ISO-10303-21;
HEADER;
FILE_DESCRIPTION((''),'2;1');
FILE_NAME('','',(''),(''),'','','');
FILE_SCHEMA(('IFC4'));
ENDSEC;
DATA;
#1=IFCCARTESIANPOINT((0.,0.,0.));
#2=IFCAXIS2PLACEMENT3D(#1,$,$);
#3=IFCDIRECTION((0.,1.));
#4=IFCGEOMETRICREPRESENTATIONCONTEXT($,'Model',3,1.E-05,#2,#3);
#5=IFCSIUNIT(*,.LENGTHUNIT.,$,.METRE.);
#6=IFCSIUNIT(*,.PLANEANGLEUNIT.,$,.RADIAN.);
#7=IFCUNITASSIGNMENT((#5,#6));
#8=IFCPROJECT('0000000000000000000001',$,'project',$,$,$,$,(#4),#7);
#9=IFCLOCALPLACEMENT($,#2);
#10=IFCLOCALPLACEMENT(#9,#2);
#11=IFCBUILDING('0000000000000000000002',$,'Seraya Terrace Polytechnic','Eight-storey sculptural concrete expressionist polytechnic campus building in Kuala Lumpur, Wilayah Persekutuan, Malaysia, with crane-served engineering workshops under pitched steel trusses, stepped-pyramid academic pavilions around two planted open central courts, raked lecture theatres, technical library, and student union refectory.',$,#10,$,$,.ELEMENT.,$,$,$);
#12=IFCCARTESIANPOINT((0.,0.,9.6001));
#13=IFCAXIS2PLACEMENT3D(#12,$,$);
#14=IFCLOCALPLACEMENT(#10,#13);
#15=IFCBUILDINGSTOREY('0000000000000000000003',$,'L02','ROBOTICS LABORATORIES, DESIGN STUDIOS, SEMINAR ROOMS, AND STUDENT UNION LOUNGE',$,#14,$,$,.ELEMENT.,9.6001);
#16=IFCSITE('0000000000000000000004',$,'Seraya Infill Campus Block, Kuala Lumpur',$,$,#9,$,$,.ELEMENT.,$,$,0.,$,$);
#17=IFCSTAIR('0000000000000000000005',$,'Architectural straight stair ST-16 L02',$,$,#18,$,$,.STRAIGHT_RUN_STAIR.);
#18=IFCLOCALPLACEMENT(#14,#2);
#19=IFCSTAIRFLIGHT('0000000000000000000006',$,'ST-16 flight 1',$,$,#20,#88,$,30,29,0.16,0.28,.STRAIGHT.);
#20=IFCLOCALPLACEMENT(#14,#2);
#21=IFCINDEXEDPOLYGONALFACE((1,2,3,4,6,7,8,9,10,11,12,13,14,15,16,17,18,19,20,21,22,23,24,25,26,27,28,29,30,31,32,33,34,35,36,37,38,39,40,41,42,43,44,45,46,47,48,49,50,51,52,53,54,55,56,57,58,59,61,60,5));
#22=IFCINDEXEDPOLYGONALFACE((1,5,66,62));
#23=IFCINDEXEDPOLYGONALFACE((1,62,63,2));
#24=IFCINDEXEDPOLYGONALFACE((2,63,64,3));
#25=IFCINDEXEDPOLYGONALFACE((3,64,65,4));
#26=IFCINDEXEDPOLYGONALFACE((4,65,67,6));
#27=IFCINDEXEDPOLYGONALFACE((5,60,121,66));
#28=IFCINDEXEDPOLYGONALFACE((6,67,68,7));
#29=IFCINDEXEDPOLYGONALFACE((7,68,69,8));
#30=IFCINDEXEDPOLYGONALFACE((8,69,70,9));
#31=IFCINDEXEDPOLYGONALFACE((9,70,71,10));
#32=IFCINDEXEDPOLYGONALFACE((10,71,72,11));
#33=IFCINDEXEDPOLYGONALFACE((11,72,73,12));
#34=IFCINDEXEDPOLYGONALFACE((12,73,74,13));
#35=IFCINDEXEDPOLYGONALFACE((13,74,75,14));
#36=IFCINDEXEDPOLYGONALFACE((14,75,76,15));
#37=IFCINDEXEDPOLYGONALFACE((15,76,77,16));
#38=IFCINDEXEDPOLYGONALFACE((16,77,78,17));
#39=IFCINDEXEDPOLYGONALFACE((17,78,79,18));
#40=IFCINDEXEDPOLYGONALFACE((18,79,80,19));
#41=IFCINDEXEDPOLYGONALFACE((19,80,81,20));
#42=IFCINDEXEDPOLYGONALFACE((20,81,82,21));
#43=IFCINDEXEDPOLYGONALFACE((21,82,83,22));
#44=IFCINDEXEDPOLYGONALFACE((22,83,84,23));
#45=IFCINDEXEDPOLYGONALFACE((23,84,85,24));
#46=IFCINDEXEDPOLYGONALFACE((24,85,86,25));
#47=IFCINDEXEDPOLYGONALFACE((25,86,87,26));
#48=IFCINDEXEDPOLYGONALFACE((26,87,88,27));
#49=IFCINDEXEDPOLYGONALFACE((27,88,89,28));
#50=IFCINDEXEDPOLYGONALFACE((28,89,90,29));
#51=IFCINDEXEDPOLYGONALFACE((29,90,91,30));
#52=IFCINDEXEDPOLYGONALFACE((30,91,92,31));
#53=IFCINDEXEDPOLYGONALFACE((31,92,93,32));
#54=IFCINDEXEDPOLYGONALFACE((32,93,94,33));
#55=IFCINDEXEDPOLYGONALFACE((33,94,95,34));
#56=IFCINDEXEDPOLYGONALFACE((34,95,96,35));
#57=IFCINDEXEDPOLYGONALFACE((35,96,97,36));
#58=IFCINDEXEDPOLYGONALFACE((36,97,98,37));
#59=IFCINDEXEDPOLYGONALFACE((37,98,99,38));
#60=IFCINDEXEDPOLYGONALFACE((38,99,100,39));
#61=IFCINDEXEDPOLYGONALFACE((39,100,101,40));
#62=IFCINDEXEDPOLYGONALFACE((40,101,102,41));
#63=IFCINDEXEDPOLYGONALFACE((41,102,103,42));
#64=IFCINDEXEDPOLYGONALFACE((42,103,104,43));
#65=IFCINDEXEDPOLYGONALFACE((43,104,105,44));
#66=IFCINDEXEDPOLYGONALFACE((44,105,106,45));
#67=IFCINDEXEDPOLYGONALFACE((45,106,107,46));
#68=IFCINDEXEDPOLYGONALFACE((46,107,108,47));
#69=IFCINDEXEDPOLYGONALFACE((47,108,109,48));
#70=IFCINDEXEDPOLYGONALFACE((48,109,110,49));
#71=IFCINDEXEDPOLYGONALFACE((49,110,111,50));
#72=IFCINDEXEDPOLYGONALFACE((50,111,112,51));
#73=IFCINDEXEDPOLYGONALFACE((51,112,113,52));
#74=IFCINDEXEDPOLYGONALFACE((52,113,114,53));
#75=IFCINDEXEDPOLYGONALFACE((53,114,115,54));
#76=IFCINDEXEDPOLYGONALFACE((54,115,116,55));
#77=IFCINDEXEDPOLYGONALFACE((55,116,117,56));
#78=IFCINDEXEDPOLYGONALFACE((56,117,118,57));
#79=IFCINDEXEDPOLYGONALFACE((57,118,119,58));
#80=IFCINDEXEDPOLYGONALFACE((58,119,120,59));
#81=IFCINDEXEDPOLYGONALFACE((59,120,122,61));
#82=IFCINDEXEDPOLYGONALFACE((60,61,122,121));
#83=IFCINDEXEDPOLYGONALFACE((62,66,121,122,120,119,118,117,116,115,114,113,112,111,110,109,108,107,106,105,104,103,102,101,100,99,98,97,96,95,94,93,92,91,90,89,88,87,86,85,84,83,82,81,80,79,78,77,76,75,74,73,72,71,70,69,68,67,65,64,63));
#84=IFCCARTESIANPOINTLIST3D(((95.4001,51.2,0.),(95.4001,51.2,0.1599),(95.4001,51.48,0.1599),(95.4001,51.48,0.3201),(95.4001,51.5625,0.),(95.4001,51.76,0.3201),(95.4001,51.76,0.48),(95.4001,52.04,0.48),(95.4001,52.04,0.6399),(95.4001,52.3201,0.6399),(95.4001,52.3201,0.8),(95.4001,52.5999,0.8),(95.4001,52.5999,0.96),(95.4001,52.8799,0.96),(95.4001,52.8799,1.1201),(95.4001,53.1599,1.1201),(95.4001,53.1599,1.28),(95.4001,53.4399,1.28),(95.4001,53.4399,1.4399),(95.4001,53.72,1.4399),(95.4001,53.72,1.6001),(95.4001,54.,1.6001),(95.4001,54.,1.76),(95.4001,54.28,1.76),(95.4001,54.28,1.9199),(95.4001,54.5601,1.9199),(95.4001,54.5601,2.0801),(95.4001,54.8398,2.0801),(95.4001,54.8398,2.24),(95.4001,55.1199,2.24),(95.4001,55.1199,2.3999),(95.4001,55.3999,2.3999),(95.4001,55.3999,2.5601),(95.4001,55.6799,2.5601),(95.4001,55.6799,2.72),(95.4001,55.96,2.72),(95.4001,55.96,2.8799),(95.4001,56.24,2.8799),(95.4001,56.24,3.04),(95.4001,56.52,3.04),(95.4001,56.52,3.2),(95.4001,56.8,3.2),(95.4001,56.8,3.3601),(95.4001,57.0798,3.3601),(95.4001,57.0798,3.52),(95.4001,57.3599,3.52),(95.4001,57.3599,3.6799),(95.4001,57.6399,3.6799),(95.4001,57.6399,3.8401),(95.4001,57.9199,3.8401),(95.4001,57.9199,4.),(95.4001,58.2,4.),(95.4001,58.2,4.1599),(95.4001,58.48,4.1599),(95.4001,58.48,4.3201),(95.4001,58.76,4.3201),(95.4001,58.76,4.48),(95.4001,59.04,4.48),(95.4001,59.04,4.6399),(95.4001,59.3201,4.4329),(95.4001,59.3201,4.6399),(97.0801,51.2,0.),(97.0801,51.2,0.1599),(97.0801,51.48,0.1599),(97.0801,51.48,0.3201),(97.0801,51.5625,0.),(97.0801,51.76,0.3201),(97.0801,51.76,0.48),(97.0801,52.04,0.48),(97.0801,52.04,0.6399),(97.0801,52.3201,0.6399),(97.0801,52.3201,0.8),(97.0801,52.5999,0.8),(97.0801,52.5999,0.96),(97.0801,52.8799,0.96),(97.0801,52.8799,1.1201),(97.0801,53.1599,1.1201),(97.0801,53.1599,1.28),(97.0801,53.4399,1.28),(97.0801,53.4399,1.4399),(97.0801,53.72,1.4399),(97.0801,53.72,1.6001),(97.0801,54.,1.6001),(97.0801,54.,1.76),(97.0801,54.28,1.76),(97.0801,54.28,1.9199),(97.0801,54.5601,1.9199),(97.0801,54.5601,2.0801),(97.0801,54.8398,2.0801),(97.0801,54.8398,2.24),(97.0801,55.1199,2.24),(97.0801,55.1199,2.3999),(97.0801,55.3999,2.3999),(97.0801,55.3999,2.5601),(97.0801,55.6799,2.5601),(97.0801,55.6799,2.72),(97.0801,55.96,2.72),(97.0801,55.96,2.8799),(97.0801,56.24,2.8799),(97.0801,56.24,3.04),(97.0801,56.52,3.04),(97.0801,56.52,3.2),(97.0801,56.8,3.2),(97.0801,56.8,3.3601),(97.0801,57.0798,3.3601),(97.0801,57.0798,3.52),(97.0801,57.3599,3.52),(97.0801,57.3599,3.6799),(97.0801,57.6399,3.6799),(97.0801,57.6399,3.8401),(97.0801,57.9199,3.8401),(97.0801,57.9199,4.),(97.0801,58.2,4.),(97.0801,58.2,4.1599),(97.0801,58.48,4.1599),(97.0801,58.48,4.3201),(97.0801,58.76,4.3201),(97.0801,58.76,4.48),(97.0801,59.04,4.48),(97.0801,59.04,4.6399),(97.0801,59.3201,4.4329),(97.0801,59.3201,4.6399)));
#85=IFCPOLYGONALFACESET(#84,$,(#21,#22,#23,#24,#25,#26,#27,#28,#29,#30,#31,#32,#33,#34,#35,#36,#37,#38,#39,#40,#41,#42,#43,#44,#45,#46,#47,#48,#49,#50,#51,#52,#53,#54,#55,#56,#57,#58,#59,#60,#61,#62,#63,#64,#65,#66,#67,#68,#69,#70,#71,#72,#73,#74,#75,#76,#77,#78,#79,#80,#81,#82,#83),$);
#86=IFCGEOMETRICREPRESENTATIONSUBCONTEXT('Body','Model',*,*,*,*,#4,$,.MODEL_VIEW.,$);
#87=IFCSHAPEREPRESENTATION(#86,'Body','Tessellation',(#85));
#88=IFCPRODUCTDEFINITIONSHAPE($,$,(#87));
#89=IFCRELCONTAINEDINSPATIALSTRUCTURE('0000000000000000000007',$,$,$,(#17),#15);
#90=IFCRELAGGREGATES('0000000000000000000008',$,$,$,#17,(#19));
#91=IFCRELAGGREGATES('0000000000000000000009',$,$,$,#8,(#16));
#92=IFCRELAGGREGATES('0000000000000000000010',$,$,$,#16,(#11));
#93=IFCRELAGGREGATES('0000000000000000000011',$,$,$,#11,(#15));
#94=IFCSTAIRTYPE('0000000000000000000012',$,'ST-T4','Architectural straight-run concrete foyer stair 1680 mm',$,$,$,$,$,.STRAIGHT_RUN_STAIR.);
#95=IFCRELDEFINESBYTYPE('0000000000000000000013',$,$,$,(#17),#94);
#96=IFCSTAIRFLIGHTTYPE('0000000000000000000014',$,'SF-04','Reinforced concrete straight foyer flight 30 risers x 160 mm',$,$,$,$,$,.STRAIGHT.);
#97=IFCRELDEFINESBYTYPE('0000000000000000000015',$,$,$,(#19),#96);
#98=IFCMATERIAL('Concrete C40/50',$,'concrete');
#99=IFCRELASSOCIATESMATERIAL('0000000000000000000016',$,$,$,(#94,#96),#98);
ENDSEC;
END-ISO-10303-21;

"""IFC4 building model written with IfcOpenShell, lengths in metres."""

from ifc_helpers import new_model, si_unit, direction, frame, origin, place, context, subcontext, project, spatial, polyline, outline, extrude, material, type_object, element, aggregate, save


model = new_model("IFC4")

# Units and contexts
model_context = context("Model", 3, precision=1e-05, world=origin(), true_north=direction((0.0, 1.0)))
body_context = subcontext(model_context, "Body", "Model", "MODEL_VIEW")
ifc_project = project(units=[si_unit("LENGTHUNIT", "METRE"), si_unit("PLANEANGLEUNIT", "RADIAN")], contexts=[model_context])

# Site, building, storey
site_placement = place(None, origin())
site = spatial("IfcSite", under=ifc_project, at=site_placement, Name="Seraya Infill Campus Block, Kuala Lumpur", CompositionType="ELEMENT", RefElevation=0.0)
building_placement = place(site_placement, origin())
building = spatial("IfcBuilding", under=site, at=building_placement, Name="Seraya Terrace Polytechnic", Description="Eight-storey sculptural concrete expressionist polytechnic campus building in Kuala Lumpur, Wilayah Persekutuan, Malaysia, with crane-served engineering workshops under pitched steel trusses, stepped-pyramid academic pavilions around two planted open central courts, raked lecture theatres, technical library, and student union refectory.", CompositionType="ELEMENT")
storey_placement = place(building_placement, frame((0.0, 0.0, 9.6001)))
storey = spatial("IfcBuildingStorey", under=building, at=storey_placement, Name="L02", Description="ROBOTICS LABORATORIES, DESIGN STUDIOS, SEMINAR ROOMS, AND STUDENT UNION LOUNGE", CompositionType="ELEMENT", Elevation=9.6001)

# Shared definitions
ifc_material_1 = material(Name="Concrete C40/50", Category="concrete")

# Stair, stair flight
stair_type = type_object("IfcStairType", Name="ST-T4", Description="Architectural straight-run concrete foyer stair 1680 mm", PredefinedType="STRAIGHT_RUN_STAIR", material=ifc_material_1)
stair_placement = place(storey_placement, origin())
stair = element("IfcStair", 1, at=stair_placement, inside=storey, type_object=stair_type, Name="Architectural straight stair ST-16 L02", PredefinedType="STRAIGHT_RUN_STAIR")
stair_flight_type = type_object("IfcStairFlightType", Name="SF-04", Description="Reinforced concrete straight foyer flight 30 risers x 160 mm", PredefinedType="STRAIGHT", material=ifc_material_1)
stair_flight_placement = place(storey_placement, frame((96.24, 51.2, 0.0), z_axis=(0.0, 0.0, 1.0), x_axis=(0.0, 1.0, 0.0)))
stair_flight = element("IfcStairFlight", 2, at=stair_flight_placement, type_object=stair_flight_type, Name="ST-16 flight 1", NumberOfRisers=30, NumberOfTreads=29, PredefinedType="STRAIGHT", RiserHeight=0.16, TreadLength=0.28, context=body_context, shape_type="SweptSolid", body=[
    extrude(outline(polyline([(0.0, 0.0), (0.0, 0.1599), (0.28, 0.1599), (0.28, 0.3201), (0.5601, 0.3201), (0.5601, 0.48), (0.8401, 0.48), (0.8401, 0.6399), (1.1201, 0.6399), (1.1201, 0.8), (1.3999, 0.8), (1.3999, 0.96), (1.6799, 0.96), (1.6799, 1.1201), (1.96, 1.1201), (1.96, 1.28), (2.24, 1.28), (2.24, 1.4399), (2.52, 1.4399), (2.52, 1.6001), (2.8, 1.6001), (2.8, 1.76), (3.0801, 1.76), (3.0801, 1.9199), (3.3601, 1.9199), (3.3601, 2.0801), (3.6399, 2.0801), (3.6399, 2.24), (3.9199, 2.24), (3.9199, 2.3999), (4.2, 2.3999), (4.2, 2.5601), (4.48, 2.5601), (4.48, 2.72), (4.76, 2.72), (4.76, 2.8799), (5.04, 2.8799), (5.04, 3.04), (5.3201, 3.04), (5.3201, 3.2), (5.6001, 3.2), (5.6001, 3.3601), (5.8799, 3.3601), (5.8799, 3.52), (6.1599, 3.52), (6.1599, 3.6799), (6.4399, 3.6799), (6.4399, 3.8401), (6.72, 3.8401), (6.72, 4.0), (7.0, 4.0), (7.0, 4.1599), (7.28, 4.1599), (7.28, 4.3201), (7.5601, 4.3201), (7.5601, 4.48), (7.8401, 4.48), (7.8401, 4.6399), (8.1201, 4.6399), (8.1201, 4.8), (8.1201, 4.4329), (0.3625, 0.0), (0.0, 0.0)])), frame((0.0, 0.8398, 0.0), z_axis=(0.0, -1.0, 0.0), x_axis=(1.0, 0.0, 0.0)), (0.0, 0.0, 1.0), 1.6799),
])
aggregate(stair, [stair_flight])

save(model, "model.ifc")
